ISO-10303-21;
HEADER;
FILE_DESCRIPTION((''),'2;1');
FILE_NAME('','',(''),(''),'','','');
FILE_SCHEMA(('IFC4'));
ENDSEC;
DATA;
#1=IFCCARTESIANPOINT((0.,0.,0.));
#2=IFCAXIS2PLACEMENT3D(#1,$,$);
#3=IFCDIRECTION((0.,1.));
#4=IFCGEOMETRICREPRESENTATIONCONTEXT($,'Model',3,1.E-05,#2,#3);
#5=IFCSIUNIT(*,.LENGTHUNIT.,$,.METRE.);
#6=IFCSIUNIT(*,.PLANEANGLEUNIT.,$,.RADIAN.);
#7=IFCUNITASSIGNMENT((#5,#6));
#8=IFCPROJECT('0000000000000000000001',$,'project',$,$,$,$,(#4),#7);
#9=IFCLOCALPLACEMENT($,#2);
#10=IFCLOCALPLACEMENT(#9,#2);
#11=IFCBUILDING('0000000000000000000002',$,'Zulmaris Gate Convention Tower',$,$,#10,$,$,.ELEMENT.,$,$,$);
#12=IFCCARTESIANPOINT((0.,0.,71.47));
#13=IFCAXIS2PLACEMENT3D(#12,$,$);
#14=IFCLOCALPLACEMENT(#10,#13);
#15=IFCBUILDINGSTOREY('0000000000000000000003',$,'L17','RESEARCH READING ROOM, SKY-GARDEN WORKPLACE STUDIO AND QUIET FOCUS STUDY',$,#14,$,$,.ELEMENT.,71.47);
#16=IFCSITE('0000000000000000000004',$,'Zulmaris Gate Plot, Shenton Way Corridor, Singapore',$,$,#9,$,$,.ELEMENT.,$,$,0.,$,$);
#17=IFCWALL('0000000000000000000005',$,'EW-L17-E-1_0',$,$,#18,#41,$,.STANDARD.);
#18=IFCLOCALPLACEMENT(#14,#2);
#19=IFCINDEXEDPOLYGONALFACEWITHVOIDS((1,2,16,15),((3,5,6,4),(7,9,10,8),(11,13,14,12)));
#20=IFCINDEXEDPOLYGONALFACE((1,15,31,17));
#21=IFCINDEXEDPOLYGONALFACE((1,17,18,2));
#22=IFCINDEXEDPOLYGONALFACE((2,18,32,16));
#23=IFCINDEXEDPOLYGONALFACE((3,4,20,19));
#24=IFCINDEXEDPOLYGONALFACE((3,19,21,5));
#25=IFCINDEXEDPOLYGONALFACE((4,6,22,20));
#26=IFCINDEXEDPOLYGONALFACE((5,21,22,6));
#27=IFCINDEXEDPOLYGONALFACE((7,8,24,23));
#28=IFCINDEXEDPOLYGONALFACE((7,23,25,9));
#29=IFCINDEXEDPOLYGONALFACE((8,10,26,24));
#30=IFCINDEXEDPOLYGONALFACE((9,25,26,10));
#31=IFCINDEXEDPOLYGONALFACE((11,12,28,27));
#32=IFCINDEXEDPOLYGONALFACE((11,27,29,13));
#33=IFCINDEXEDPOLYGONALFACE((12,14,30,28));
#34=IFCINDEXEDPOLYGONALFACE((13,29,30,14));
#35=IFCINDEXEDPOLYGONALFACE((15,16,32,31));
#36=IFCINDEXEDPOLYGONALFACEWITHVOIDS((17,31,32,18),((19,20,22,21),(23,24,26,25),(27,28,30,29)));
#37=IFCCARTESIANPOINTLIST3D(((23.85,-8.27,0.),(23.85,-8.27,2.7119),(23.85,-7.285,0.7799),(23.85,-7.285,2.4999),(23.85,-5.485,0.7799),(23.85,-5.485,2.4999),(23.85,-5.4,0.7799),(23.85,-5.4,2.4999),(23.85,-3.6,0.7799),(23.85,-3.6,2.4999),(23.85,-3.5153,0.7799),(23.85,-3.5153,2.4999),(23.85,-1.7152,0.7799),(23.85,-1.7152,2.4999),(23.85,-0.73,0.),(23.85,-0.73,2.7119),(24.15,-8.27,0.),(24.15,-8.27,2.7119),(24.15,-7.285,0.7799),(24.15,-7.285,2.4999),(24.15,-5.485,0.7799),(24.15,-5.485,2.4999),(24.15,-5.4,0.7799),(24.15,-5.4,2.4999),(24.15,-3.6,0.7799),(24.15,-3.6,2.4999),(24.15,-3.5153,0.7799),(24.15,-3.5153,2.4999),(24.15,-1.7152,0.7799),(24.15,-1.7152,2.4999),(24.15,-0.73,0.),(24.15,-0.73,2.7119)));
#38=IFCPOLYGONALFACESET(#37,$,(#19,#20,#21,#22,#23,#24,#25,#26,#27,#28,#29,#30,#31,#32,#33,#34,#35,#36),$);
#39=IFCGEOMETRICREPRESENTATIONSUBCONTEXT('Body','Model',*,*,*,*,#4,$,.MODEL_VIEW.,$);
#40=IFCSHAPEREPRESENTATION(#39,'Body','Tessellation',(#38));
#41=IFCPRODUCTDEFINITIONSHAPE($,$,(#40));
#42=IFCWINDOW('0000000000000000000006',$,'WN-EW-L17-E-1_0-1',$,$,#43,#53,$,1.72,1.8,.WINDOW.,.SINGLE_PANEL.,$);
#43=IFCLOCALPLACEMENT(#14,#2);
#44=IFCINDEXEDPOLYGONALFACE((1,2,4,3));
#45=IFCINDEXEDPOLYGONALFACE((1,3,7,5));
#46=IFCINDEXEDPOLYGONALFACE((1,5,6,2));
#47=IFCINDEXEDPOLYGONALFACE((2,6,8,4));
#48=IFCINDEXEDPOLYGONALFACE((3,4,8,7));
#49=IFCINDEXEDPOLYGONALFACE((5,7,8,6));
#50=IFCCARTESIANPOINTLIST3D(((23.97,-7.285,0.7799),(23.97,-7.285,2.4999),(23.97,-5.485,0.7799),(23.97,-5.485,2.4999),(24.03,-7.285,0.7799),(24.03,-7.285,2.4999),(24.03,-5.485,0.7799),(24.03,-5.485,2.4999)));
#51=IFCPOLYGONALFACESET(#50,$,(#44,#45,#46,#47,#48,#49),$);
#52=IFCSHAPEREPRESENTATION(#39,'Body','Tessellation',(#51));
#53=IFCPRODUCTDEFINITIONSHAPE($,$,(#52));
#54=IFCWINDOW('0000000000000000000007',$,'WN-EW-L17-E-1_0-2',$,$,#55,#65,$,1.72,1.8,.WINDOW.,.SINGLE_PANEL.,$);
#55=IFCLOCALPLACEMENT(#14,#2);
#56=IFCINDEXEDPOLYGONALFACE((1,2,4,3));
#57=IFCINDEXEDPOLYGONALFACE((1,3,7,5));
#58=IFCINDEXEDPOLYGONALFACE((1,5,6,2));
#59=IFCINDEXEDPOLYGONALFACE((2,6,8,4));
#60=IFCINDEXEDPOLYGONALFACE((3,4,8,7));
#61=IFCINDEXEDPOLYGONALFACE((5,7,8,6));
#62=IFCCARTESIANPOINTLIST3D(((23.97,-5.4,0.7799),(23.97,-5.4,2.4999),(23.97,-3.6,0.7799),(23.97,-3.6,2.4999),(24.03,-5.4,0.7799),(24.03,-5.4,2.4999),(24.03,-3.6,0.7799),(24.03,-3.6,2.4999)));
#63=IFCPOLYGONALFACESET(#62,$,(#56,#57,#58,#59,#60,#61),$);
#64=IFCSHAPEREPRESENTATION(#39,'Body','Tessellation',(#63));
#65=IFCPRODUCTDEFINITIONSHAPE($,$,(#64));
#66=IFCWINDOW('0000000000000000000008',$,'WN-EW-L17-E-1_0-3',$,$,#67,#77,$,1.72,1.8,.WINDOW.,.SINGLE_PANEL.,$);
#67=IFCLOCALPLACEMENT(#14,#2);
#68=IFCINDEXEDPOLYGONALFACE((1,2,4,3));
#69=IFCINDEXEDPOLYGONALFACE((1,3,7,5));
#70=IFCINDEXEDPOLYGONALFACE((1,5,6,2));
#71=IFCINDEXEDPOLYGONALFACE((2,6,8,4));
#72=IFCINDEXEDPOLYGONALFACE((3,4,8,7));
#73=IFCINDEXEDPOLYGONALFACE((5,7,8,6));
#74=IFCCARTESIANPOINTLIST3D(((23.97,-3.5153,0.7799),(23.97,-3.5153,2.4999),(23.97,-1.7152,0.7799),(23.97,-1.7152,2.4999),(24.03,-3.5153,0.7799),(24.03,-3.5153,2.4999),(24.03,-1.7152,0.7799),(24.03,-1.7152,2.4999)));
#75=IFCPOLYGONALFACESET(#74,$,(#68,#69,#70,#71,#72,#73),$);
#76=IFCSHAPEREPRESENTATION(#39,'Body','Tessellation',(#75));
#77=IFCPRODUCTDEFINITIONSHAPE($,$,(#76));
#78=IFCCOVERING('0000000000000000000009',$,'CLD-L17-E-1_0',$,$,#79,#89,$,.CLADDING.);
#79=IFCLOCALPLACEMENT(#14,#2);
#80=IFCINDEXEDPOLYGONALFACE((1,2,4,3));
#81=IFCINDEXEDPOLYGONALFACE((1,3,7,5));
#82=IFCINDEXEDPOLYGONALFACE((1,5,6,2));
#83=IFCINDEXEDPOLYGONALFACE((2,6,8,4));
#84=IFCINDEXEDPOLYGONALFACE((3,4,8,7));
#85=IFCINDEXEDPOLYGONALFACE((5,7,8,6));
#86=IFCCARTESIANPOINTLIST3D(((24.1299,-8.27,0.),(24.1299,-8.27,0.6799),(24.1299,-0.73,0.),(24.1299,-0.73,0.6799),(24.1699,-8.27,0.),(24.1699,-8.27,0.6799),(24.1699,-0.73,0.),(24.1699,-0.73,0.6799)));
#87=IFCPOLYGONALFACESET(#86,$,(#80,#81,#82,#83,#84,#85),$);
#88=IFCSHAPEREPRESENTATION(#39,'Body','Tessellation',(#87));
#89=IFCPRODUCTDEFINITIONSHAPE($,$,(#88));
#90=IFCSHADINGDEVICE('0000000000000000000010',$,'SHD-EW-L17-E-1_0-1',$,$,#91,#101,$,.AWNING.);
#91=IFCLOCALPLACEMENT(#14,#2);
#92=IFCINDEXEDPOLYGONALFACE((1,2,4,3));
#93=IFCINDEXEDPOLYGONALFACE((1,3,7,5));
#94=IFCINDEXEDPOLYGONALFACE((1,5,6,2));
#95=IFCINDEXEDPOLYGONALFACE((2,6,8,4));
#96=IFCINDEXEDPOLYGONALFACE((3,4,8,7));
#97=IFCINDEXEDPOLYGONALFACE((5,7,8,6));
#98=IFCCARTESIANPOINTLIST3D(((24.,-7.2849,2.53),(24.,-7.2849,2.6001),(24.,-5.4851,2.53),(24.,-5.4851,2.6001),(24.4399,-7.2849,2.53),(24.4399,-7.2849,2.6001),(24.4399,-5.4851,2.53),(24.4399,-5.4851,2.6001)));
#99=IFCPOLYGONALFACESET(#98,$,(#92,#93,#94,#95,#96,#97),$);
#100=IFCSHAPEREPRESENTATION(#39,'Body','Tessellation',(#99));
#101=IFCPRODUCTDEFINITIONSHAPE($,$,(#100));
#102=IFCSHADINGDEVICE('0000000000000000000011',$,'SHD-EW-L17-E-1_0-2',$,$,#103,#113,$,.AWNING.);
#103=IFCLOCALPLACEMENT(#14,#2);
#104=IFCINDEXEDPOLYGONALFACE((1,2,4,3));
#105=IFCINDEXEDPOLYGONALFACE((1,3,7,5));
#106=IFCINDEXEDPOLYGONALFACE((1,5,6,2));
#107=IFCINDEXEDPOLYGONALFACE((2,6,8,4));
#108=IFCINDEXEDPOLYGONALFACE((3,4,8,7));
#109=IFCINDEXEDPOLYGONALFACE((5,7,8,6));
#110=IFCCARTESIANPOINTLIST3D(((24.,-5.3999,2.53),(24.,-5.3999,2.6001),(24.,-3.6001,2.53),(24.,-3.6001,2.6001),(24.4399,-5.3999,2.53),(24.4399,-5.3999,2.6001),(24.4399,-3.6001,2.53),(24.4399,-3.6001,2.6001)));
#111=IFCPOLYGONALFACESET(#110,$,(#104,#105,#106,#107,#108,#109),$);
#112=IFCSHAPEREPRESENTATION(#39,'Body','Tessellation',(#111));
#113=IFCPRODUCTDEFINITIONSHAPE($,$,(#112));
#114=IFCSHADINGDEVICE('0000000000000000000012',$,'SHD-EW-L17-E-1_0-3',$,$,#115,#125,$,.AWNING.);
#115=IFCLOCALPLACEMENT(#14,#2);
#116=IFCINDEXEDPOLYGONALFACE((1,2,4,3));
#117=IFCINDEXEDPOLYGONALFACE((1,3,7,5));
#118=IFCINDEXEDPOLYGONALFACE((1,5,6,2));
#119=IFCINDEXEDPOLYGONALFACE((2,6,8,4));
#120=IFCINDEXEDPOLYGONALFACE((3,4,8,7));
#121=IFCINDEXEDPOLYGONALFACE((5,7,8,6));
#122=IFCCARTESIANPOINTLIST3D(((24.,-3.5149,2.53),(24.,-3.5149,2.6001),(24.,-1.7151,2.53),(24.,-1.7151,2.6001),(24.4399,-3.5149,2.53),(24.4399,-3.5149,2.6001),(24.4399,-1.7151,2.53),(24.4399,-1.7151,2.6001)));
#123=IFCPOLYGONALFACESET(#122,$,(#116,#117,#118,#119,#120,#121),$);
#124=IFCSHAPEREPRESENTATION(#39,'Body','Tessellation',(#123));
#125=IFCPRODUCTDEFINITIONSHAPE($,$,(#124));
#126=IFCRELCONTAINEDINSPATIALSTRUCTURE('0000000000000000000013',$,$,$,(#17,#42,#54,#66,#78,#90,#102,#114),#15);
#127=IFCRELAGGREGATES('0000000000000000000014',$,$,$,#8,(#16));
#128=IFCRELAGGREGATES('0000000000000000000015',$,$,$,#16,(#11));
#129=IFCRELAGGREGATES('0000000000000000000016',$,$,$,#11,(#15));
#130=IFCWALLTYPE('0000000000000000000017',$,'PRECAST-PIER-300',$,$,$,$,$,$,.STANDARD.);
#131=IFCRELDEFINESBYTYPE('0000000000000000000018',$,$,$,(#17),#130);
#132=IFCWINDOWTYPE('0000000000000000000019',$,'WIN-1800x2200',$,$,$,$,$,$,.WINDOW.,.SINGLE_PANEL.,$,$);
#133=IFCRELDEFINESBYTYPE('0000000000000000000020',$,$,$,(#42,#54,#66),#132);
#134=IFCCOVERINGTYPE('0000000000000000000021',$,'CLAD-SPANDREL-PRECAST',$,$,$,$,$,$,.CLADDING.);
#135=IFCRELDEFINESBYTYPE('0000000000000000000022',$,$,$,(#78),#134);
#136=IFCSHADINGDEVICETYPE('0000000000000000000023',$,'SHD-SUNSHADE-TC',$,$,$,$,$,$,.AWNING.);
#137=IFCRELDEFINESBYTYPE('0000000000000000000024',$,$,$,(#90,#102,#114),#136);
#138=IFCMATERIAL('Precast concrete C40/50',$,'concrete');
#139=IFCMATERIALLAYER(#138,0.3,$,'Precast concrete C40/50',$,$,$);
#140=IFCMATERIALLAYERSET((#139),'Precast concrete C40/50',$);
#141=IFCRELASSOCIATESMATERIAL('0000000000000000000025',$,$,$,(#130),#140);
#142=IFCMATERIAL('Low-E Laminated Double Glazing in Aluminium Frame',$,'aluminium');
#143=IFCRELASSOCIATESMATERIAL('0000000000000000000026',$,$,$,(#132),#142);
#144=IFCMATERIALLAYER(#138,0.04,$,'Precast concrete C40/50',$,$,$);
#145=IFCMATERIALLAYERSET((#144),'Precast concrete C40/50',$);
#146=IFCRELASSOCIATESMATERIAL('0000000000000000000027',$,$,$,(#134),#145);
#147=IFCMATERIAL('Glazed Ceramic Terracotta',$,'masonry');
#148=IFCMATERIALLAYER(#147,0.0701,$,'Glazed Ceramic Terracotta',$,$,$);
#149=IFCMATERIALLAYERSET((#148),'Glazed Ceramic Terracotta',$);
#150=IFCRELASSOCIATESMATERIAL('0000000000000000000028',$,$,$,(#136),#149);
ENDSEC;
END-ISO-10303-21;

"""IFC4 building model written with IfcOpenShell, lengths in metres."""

from ifc_helpers import new_model, si_unit, direction, frame, frame_2d, origin, place, context, subcontext, project, spatial, rectangle, extrude, material, layer, layer_set, type_object, element, fill, save


model = new_model("IFC4")

# Units and contexts
model_context = context("Model", 3, precision=1e-05, world=origin(), true_north=direction((0.0, 1.0)))
body_context = subcontext(model_context, "Body", "Model", "MODEL_VIEW")
ifc_project = project(units=[si_unit("LENGTHUNIT", "METRE"), si_unit("PLANEANGLEUNIT", "RADIAN")], contexts=[model_context])

# Site, building, storey
site_placement = place(None, origin())
site = spatial("IfcSite", under=ifc_project, at=site_placement, Name="Zulmaris Gate Plot, Shenton Way Corridor, Singapore", CompositionType="ELEMENT", RefElevation=0.0)
building_placement = place(site_placement, origin())
building = spatial("IfcBuilding", under=site, at=building_placement, Name="Zulmaris Gate Convention Tower", CompositionType="ELEMENT")
storey_placement = place(building_placement, frame((0.0, 0.0, 71.47)))
storey = spatial("IfcBuildingStorey", under=building, at=storey_placement, Name="L17", Description="RESEARCH READING ROOM, SKY-GARDEN WORKPLACE STUDIO AND QUIET FOCUS STUDY", CompositionType="ELEMENT", Elevation=71.47)

# Wall, openings, windows
ifc_material_1 = material(Name="Precast concrete C40/50", Category="concrete")
ifc_layer_1 = layer(ifc_material_1, 0.3, Name="Precast concrete C40/50")
ifc_layer_set_1 = layer_set([ifc_layer_1], Name="Precast concrete C40/50")
wall_type_1 = type_object("IfcWallType", Name="PRECAST-PIER-300", PredefinedType="STANDARD", material=ifc_layer_set_1)
wall_1_placement = place(storey_placement, frame((24.0, -8.27, 0.0), z_axis=(0.0, 0.0, 1.0), x_axis=(0.0, 1.0, 0.0)))
wall_1 = element("IfcWall", 1, at=wall_1_placement, inside=storey, type_object=wall_type_1, Name="EW-L17-E-1_0", PredefinedType="STANDARD", context=body_context, shape_type="SweptSolid", body=[
    extrude(rectangle(XDim=7.54, YDim=0.3, at=frame_2d((3.77, 0.0))), origin(), (0.0, 0.0, 1.0), 2.7119),
])
opening_1_placement = place(wall_1_placement, frame((0.9851, 0.0, 0.78)))
opening_1 = element("IfcOpeningElement", 2, at=opening_1_placement, cuts=wall_1, PredefinedType="OPENING", context=body_context, shape_type="SweptSolid", body=[
    extrude(rectangle(XDim=1.8, YDim=1.72, at=frame_2d((0.8999, 0.8599))), frame((0.0, 0.1602, 0.0), z_axis=(0.0, -1.0, 0.0), x_axis=(1.0, 0.0, 0.0)), (0.0, 0.0, 1.0), 0.3201),
])
opening_2_placement = place(wall_1_placement, frame((2.8701, 0.0, 0.78)))
opening_2 = element("IfcOpeningElement", 3, at=opening_2_placement, cuts=wall_1, PredefinedType="OPENING", context=body_context, shape_type="SweptSolid", body=[
    extrude(rectangle(XDim=1.8, YDim=1.72, at=frame_2d((0.8999, 0.8599))), frame((0.0, 0.1602, 0.0), z_axis=(0.0, -1.0, 0.0), x_axis=(1.0, 0.0, 0.0)), (0.0, 0.0, 1.0), 0.3201),
])
opening_3_placement = place(wall_1_placement, frame((4.7549, 0.0, 0.78)))
opening_3 = element("IfcOpeningElement", 4, at=opening_3_placement, cuts=wall_1, PredefinedType="OPENING", context=body_context, shape_type="SweptSolid", body=[
    extrude(rectangle(XDim=1.8, YDim=1.72, at=frame_2d((0.8999, 0.8599))), frame((0.0, 0.1602, 0.0), z_axis=(0.0, -1.0, 0.0), x_axis=(1.0, 0.0, 0.0)), (0.0, 0.0, 1.0), 0.3201),
])
ifc_material_2 = material(Name="Low-E Laminated Double Glazing in Aluminium Frame", Category="aluminium")
window_type = type_object("IfcWindowType", Name="WIN-1800x2200", PartitioningType="SINGLE_PANEL", PredefinedType="WINDOW", material=ifc_material_2)
window_1_placement = place(opening_1_placement, origin())
window_1 = element("IfcWindow", 5, at=window_1_placement, inside=storey, type_object=window_type, Name="WN-EW-L17-E-1_0-1", OverallHeight=1.72, OverallWidth=1.8, PartitioningType="SINGLE_PANEL", PredefinedType="WINDOW", context=body_context, shape_type="SweptSolid", body=[
    extrude(rectangle(XDim=1.8, YDim=1.72, at=frame_2d((0.8999, 0.8599))), frame((0.0, 0.03, 0.0), z_axis=(0.0, -1.0, 0.0), x_axis=(1.0, 0.0, 0.0)), (0.0, 0.0, 1.0), 0.0601),
])
fill(opening_1, window_1)
window_2_placement = place(opening_2_placement, origin())
window_2 = element("IfcWindow", 6, at=window_2_placement, inside=storey, type_object=window_type, Name="WN-EW-L17-E-1_0-2", OverallHeight=1.72, OverallWidth=1.8, PartitioningType="SINGLE_PANEL", PredefinedType="WINDOW", context=body_context, shape_type="SweptSolid", body=[
    extrude(rectangle(XDim=1.8, YDim=1.72, at=frame_2d((0.8999, 0.8599))), frame((0.0, 0.03, 0.0), z_axis=(0.0, -1.0, 0.0), x_axis=(1.0, 0.0, 0.0)), (0.0, 0.0, 1.0), 0.0601),
])
fill(opening_2, window_2)
window_3_placement = place(opening_3_placement, origin())
window_3 = element("IfcWindow", 7, at=window_3_placement, inside=storey, type_object=window_type, Name="WN-EW-L17-E-1_0-3", OverallHeight=1.72, OverallWidth=1.8, PartitioningType="SINGLE_PANEL", PredefinedType="WINDOW", context=body_context, shape_type="SweptSolid", body=[
    extrude(rectangle(XDim=1.8, YDim=1.72, at=frame_2d((0.8999, 0.8599))), frame((0.0, 0.03, 0.0), z_axis=(0.0, -1.0, 0.0), x_axis=(1.0, 0.0, 0.0)), (0.0, 0.0, 1.0), 0.0601),
])
fill(opening_3, window_3)

# Covering
ifc_layer_2 = layer(ifc_material_1, 0.04, Name="Precast concrete C40/50")
ifc_layer_set_2 = layer_set([ifc_layer_2], Name="Precast concrete C40/50")
covering_type = type_object("IfcCoveringType", Name="CLAD-SPANDREL-PRECAST", PredefinedType="CLADDING", material=ifc_layer_set_2)
covering_placement = place(storey_placement, frame((24.1499, -8.27, 0.0), z_axis=(0.0, 0.0, 1.0), x_axis=(0.0, 1.0, 0.0)))
element("IfcCovering", 8, at=covering_placement, inside=storey, type_object=covering_type, Name="CLD-L17-E-1_0", PredefinedType="CLADDING", context=body_context, shape_type="SweptSolid", body=[
    extrude(rectangle(XDim=7.54, YDim=0.04, at=frame_2d((3.77, 0.0))), origin(), (0.0, 0.0, 1.0), 0.6799),
])

# Shading devices
ifc_material_3 = material(Name="Glazed Ceramic Terracotta", Category="masonry")
ifc_layer_3 = layer(ifc_material_3, 0.0701, Name="Glazed Ceramic Terracotta")
ifc_layer_set_3 = layer_set([ifc_layer_3], Name="Glazed Ceramic Terracotta")
shading_device_type = type_object("IfcShadingDeviceType", Name="SHD-SUNSHADE-TC", PredefinedType="AWNING", material=ifc_layer_set_3)
for number, where, z_axis, x_axis, name in (
    (9, (24.22, -7.2849, 2.53), (0.0, 0.0, 1.0), (0.0, 1.0, 0.0), "SHD-EW-L17-E-1_0-1"),
    (10, (24.22, -5.3999, 2.53), (0.0, 0.0, 1.0), (0.0, 1.0, 0.0), "SHD-EW-L17-E-1_0-2"),
    (11, (24.22, -3.5149, 2.53), (0.0, 0.0, 1.0), (0.0, 1.0, 0.0), "SHD-EW-L17-E-1_0-3"),
):
    element("IfcShadingDevice", number, at=place(storey_placement, frame(where, z_axis=z_axis, x_axis=x_axis)), inside=storey, type_object=shading_device_type, Name=name, PredefinedType="AWNING", context=body_context, shape_type="SweptSolid", body=[
        extrude(rectangle(XDim=1.7998, YDim=0.4399, at=frame_2d((0.8999, 0.0))), origin(), (0.0, 0.0, 1.0), 0.0701),
    ])

save(model, "model.ifc")
